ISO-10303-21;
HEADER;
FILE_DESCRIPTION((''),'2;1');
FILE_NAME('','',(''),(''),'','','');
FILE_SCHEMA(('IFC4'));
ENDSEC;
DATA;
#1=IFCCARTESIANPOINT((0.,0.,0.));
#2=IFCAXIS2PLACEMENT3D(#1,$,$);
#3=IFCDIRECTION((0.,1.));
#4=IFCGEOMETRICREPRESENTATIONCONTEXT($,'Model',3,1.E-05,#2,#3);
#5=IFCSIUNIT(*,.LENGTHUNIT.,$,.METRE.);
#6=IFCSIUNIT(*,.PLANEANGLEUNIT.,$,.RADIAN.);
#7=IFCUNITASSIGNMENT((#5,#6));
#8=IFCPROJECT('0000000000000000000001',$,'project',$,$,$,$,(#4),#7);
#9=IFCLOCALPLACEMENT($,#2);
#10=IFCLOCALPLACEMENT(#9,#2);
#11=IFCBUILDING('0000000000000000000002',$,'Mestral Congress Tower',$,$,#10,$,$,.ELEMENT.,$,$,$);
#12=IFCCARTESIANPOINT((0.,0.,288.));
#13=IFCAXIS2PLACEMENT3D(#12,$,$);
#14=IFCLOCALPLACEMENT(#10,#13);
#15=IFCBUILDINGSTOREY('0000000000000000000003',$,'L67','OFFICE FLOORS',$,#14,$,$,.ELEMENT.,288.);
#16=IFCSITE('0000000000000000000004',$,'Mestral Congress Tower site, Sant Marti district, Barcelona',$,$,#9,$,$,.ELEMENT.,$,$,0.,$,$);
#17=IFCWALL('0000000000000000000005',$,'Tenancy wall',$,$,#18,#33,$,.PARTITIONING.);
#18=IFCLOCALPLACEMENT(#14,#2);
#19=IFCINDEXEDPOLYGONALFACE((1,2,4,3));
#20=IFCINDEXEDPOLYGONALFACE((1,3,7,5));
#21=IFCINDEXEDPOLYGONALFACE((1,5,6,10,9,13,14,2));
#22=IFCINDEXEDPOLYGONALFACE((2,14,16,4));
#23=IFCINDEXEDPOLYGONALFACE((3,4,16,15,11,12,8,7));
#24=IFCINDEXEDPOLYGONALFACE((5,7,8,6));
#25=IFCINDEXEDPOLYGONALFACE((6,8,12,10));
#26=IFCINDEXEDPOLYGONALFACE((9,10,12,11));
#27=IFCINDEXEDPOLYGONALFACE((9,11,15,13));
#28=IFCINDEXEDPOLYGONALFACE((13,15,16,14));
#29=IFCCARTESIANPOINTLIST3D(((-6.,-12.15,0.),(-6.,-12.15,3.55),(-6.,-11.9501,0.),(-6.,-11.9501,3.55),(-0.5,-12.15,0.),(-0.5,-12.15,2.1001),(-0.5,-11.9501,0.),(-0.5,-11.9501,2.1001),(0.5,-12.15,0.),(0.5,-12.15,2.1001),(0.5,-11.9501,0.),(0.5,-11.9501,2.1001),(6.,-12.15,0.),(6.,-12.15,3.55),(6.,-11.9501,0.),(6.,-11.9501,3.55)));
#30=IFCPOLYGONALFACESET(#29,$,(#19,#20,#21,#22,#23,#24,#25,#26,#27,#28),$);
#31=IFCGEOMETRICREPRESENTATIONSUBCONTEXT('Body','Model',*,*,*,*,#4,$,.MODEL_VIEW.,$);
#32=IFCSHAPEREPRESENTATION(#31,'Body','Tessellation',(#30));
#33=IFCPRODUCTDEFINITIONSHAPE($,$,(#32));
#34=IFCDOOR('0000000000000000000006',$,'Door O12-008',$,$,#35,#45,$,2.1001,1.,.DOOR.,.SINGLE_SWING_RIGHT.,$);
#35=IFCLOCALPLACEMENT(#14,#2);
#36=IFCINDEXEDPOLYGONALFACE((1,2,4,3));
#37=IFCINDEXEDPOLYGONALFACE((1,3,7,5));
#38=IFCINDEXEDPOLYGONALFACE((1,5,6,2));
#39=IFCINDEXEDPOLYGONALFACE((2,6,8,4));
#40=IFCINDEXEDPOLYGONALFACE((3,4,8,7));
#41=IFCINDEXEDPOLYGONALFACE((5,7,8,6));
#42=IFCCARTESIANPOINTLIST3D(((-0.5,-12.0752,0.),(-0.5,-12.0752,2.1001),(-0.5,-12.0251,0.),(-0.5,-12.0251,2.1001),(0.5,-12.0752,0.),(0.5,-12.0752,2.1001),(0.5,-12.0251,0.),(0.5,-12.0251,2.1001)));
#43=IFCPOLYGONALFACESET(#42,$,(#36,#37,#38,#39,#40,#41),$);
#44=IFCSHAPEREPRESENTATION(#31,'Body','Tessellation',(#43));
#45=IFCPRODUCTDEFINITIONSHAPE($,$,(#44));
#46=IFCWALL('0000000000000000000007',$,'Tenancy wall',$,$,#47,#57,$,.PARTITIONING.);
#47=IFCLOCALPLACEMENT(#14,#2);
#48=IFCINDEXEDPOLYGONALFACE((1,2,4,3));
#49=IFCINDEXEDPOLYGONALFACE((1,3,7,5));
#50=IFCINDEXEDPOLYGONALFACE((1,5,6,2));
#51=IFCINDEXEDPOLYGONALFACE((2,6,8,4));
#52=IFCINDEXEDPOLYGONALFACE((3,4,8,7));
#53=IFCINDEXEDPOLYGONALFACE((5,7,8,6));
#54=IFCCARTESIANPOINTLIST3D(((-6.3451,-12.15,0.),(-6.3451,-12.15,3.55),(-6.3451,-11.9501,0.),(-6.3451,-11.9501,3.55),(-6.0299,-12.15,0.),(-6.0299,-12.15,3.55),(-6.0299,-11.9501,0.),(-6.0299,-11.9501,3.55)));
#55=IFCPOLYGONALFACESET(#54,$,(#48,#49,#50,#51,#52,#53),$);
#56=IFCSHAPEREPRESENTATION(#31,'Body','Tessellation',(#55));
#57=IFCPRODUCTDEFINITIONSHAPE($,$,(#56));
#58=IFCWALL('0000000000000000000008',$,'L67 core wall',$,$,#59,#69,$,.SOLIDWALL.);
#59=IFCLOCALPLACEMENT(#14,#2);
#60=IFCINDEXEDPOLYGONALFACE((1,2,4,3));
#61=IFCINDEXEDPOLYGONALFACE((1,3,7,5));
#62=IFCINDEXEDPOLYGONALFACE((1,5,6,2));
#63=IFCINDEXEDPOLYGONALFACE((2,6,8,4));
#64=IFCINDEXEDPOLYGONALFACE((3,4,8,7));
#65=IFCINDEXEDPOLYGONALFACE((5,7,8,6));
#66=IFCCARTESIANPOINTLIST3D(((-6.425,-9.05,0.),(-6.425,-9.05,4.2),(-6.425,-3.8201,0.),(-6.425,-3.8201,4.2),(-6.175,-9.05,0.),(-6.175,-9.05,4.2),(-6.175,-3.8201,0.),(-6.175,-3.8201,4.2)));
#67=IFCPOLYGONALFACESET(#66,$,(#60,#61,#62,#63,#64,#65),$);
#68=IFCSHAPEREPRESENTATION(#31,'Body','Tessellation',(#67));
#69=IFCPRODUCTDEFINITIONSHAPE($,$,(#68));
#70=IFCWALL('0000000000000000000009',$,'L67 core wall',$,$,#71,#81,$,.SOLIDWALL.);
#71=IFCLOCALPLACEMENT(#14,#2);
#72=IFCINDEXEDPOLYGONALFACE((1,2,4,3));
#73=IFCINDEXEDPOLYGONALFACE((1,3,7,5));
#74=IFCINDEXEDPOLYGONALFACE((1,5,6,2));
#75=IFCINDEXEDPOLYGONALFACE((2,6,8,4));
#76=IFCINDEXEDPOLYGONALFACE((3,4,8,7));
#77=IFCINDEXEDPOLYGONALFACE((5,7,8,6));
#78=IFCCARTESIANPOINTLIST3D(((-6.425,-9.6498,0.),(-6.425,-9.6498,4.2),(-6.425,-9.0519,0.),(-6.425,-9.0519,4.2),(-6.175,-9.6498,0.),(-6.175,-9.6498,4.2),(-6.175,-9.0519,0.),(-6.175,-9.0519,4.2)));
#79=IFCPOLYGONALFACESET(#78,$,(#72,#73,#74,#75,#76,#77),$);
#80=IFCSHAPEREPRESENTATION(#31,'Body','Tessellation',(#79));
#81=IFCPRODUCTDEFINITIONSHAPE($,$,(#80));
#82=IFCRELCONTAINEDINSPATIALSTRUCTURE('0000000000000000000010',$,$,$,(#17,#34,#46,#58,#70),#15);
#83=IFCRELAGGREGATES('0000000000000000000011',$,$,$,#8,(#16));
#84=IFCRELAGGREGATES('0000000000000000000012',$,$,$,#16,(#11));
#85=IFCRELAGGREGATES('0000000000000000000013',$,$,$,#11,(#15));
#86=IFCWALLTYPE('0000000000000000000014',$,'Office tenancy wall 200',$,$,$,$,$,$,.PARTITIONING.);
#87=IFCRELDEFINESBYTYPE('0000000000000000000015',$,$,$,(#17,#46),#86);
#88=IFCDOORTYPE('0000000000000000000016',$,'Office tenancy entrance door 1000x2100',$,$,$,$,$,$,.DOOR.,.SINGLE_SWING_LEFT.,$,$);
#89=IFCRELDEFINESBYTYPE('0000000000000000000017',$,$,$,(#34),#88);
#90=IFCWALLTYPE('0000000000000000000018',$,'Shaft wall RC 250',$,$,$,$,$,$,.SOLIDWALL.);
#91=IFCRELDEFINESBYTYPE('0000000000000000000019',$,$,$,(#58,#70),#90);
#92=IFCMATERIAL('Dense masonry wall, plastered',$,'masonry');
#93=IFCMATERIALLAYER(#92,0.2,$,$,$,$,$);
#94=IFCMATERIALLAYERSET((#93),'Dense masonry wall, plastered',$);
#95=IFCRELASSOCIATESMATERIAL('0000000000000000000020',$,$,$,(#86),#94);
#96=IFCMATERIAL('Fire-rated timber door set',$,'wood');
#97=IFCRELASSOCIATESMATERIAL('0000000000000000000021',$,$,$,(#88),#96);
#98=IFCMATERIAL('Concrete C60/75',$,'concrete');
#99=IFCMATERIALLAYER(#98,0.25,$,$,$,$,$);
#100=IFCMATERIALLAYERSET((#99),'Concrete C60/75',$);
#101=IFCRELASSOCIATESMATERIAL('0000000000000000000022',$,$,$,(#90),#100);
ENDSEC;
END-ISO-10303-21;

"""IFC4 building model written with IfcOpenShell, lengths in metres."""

from ifc_helpers import new_model, si_unit, direction, frame, frame_2d, origin, place, context, subcontext, project, spatial, rectangle, extrude, material, layer, layer_set, type_object, element, fill, save


model = new_model("IFC4")

# Units and contexts
model_context = context("Model", 3, precision=1e-05, world=origin(), true_north=direction((0.0, 1.0)))
body_context = subcontext(model_context, "Body", "Model", "MODEL_VIEW")
ifc_project = project(units=[si_unit("LENGTHUNIT", "METRE"), si_unit("PLANEANGLEUNIT", "RADIAN")], contexts=[model_context])

# Site, building, storey
site_placement = place(None, origin())
site = spatial("IfcSite", under=ifc_project, at=site_placement, Name="Mestral Congress Tower site, Sant Marti district, Barcelona", CompositionType="ELEMENT", RefElevation=0.0)
building_placement = place(site_placement, origin())
building = spatial("IfcBuilding", under=site, at=building_placement, Name="Mestral Congress Tower", CompositionType="ELEMENT")
storey_placement = place(building_placement, frame((0.0, 0.0, 288.0)))
storey = spatial("IfcBuildingStorey", under=building, at=storey_placement, Name="L67", Description="OFFICE FLOORS", CompositionType="ELEMENT", Elevation=288.0)

# Shared definitions
ifc_material_1 = material(Name="Concrete C60/75", Category="concrete")

# Wall, opening, door
ifc_material_2 = material(Name="Dense masonry wall, plastered", Category="masonry")
ifc_layer_1 = layer(ifc_material_2, 0.2)
ifc_layer_set_1 = layer_set([ifc_layer_1], Name="Dense masonry wall, plastered")
wall_type_1 = type_object("IfcWallType", Name="Office tenancy wall 200", PredefinedType="PARTITIONING", material=ifc_layer_set_1)
wall_1_placement = place(storey_placement, frame((-6.0, -12.05, 0.0), z_axis=(0.0, 0.0, 1.0), x_axis=(1.0, 0.0, 0.0)))
wall_1 = element("IfcWall", 1, at=wall_1_placement, inside=storey, type_object=wall_type_1, Name="Tenancy wall", PredefinedType="PARTITIONING", context=body_context, shape_type="SweptSolid", body=[
    extrude(rectangle(XDim=12.0, YDim=0.2, at=frame_2d((6.0, 0.0))), origin(), (0.0, 0.0, 1.0), 3.55),
])
opening_1_placement = place(wall_1_placement, frame((5.5, 0.0, 0.0)))
opening_1 = element("IfcOpeningElement", 2, at=opening_1_placement, cuts=wall_1, PredefinedType="OPENING", context=body_context, shape_type="SweptSolid", body=[
    extrude(rectangle(XDim=1.0, YDim=2.1001, at=frame_2d((0.5, 1.05))), frame((0.0, 0.1099, 0.0), z_axis=(0.0, -1.0, 0.0), x_axis=(1.0, 0.0, 0.0)), (0.0, 0.0, 1.0), 0.22),
])
ifc_material_3 = material(Name="Fire-rated timber door set", Category="wood")
door_type_1 = type_object("IfcDoorType", Name="Office tenancy entrance door 1000x2100", OperationType="SINGLE_SWING_LEFT", PredefinedType="DOOR", material=ifc_material_3)
door_1_placement = place(opening_1_placement, origin())
door_1 = element("IfcDoor", 3, at=door_1_placement, inside=storey, type_object=door_type_1, Name="Door O12-008", OperationType="SINGLE_SWING_RIGHT", OverallHeight=2.1001, OverallWidth=1.0, PredefinedType="DOOR", context=body_context, shape_type="SweptSolid", body=[
    extrude(rectangle(XDim=1.0, YDim=2.1001, at=frame_2d((0.5, 1.05))), frame((0.0, 0.0249, 0.0), z_axis=(0.0, -1.0, 0.0), x_axis=(1.0, 0.0, 0.0)), (0.0, 0.0, 1.0), 0.05),
])
fill(opening_1, door_1)

# Walls
wall_2_placement = place(storey_placement, frame((-6.3452, -12.05, 0.0), z_axis=(0.0, 0.0, 1.0), x_axis=(1.0, 0.0, 0.0)))
element("IfcWall", 4, at=wall_2_placement, inside=storey, type_object=wall_type_1, Name="Tenancy wall", PredefinedType="PARTITIONING", context=body_context, shape_type="SweptSolid", body=[
    extrude(rectangle(XDim=0.3152, YDim=0.2, at=frame_2d((0.1577, 0.0))), origin(), (0.0, 0.0, 1.0), 3.55),
])
ifc_layer_2 = layer(ifc_material_1, 0.25)
ifc_layer_set_2 = layer_set([ifc_layer_2], Name="Concrete C60/75")
wall_type_2 = type_object("IfcWallType", Name="Shaft wall RC 250", PredefinedType="SOLIDWALL", material=ifc_layer_set_2)
wall_3_placement = place(storey_placement, frame((-6.3, -9.05, 0.0), z_axis=(0.0, 0.0, 1.0), x_axis=(0.0, 1.0, 0.0)))
element("IfcWall", 5, at=wall_3_placement, inside=storey, type_object=wall_type_2, Name="L67 core wall", PredefinedType="SOLIDWALL", context=body_context, shape_type="SweptSolid", body=[
    extrude(rectangle(XDim=5.23, YDim=0.25, at=frame_2d((2.615, 0.0))), origin(), (0.0, 0.0, 1.0), 4.2),
])
wall_4_placement = place(storey_placement, frame((-6.3, -9.052, 0.0), z_axis=(0.0, 0.0, 1.0), x_axis=(0.0, -1.0, 0.0)))
element("IfcWall", 6, at=wall_4_placement, inside=storey, type_object=wall_type_2, Name="L67 core wall", PredefinedType="SOLIDWALL", context=body_context, shape_type="SweptSolid", body=[
    extrude(rectangle(XDim=0.5979, YDim=0.25, at=frame_2d((0.2988, 0.0))), origin(), (0.0, 0.0, 1.0), 4.2),
])

save(model, "model.ifc")
